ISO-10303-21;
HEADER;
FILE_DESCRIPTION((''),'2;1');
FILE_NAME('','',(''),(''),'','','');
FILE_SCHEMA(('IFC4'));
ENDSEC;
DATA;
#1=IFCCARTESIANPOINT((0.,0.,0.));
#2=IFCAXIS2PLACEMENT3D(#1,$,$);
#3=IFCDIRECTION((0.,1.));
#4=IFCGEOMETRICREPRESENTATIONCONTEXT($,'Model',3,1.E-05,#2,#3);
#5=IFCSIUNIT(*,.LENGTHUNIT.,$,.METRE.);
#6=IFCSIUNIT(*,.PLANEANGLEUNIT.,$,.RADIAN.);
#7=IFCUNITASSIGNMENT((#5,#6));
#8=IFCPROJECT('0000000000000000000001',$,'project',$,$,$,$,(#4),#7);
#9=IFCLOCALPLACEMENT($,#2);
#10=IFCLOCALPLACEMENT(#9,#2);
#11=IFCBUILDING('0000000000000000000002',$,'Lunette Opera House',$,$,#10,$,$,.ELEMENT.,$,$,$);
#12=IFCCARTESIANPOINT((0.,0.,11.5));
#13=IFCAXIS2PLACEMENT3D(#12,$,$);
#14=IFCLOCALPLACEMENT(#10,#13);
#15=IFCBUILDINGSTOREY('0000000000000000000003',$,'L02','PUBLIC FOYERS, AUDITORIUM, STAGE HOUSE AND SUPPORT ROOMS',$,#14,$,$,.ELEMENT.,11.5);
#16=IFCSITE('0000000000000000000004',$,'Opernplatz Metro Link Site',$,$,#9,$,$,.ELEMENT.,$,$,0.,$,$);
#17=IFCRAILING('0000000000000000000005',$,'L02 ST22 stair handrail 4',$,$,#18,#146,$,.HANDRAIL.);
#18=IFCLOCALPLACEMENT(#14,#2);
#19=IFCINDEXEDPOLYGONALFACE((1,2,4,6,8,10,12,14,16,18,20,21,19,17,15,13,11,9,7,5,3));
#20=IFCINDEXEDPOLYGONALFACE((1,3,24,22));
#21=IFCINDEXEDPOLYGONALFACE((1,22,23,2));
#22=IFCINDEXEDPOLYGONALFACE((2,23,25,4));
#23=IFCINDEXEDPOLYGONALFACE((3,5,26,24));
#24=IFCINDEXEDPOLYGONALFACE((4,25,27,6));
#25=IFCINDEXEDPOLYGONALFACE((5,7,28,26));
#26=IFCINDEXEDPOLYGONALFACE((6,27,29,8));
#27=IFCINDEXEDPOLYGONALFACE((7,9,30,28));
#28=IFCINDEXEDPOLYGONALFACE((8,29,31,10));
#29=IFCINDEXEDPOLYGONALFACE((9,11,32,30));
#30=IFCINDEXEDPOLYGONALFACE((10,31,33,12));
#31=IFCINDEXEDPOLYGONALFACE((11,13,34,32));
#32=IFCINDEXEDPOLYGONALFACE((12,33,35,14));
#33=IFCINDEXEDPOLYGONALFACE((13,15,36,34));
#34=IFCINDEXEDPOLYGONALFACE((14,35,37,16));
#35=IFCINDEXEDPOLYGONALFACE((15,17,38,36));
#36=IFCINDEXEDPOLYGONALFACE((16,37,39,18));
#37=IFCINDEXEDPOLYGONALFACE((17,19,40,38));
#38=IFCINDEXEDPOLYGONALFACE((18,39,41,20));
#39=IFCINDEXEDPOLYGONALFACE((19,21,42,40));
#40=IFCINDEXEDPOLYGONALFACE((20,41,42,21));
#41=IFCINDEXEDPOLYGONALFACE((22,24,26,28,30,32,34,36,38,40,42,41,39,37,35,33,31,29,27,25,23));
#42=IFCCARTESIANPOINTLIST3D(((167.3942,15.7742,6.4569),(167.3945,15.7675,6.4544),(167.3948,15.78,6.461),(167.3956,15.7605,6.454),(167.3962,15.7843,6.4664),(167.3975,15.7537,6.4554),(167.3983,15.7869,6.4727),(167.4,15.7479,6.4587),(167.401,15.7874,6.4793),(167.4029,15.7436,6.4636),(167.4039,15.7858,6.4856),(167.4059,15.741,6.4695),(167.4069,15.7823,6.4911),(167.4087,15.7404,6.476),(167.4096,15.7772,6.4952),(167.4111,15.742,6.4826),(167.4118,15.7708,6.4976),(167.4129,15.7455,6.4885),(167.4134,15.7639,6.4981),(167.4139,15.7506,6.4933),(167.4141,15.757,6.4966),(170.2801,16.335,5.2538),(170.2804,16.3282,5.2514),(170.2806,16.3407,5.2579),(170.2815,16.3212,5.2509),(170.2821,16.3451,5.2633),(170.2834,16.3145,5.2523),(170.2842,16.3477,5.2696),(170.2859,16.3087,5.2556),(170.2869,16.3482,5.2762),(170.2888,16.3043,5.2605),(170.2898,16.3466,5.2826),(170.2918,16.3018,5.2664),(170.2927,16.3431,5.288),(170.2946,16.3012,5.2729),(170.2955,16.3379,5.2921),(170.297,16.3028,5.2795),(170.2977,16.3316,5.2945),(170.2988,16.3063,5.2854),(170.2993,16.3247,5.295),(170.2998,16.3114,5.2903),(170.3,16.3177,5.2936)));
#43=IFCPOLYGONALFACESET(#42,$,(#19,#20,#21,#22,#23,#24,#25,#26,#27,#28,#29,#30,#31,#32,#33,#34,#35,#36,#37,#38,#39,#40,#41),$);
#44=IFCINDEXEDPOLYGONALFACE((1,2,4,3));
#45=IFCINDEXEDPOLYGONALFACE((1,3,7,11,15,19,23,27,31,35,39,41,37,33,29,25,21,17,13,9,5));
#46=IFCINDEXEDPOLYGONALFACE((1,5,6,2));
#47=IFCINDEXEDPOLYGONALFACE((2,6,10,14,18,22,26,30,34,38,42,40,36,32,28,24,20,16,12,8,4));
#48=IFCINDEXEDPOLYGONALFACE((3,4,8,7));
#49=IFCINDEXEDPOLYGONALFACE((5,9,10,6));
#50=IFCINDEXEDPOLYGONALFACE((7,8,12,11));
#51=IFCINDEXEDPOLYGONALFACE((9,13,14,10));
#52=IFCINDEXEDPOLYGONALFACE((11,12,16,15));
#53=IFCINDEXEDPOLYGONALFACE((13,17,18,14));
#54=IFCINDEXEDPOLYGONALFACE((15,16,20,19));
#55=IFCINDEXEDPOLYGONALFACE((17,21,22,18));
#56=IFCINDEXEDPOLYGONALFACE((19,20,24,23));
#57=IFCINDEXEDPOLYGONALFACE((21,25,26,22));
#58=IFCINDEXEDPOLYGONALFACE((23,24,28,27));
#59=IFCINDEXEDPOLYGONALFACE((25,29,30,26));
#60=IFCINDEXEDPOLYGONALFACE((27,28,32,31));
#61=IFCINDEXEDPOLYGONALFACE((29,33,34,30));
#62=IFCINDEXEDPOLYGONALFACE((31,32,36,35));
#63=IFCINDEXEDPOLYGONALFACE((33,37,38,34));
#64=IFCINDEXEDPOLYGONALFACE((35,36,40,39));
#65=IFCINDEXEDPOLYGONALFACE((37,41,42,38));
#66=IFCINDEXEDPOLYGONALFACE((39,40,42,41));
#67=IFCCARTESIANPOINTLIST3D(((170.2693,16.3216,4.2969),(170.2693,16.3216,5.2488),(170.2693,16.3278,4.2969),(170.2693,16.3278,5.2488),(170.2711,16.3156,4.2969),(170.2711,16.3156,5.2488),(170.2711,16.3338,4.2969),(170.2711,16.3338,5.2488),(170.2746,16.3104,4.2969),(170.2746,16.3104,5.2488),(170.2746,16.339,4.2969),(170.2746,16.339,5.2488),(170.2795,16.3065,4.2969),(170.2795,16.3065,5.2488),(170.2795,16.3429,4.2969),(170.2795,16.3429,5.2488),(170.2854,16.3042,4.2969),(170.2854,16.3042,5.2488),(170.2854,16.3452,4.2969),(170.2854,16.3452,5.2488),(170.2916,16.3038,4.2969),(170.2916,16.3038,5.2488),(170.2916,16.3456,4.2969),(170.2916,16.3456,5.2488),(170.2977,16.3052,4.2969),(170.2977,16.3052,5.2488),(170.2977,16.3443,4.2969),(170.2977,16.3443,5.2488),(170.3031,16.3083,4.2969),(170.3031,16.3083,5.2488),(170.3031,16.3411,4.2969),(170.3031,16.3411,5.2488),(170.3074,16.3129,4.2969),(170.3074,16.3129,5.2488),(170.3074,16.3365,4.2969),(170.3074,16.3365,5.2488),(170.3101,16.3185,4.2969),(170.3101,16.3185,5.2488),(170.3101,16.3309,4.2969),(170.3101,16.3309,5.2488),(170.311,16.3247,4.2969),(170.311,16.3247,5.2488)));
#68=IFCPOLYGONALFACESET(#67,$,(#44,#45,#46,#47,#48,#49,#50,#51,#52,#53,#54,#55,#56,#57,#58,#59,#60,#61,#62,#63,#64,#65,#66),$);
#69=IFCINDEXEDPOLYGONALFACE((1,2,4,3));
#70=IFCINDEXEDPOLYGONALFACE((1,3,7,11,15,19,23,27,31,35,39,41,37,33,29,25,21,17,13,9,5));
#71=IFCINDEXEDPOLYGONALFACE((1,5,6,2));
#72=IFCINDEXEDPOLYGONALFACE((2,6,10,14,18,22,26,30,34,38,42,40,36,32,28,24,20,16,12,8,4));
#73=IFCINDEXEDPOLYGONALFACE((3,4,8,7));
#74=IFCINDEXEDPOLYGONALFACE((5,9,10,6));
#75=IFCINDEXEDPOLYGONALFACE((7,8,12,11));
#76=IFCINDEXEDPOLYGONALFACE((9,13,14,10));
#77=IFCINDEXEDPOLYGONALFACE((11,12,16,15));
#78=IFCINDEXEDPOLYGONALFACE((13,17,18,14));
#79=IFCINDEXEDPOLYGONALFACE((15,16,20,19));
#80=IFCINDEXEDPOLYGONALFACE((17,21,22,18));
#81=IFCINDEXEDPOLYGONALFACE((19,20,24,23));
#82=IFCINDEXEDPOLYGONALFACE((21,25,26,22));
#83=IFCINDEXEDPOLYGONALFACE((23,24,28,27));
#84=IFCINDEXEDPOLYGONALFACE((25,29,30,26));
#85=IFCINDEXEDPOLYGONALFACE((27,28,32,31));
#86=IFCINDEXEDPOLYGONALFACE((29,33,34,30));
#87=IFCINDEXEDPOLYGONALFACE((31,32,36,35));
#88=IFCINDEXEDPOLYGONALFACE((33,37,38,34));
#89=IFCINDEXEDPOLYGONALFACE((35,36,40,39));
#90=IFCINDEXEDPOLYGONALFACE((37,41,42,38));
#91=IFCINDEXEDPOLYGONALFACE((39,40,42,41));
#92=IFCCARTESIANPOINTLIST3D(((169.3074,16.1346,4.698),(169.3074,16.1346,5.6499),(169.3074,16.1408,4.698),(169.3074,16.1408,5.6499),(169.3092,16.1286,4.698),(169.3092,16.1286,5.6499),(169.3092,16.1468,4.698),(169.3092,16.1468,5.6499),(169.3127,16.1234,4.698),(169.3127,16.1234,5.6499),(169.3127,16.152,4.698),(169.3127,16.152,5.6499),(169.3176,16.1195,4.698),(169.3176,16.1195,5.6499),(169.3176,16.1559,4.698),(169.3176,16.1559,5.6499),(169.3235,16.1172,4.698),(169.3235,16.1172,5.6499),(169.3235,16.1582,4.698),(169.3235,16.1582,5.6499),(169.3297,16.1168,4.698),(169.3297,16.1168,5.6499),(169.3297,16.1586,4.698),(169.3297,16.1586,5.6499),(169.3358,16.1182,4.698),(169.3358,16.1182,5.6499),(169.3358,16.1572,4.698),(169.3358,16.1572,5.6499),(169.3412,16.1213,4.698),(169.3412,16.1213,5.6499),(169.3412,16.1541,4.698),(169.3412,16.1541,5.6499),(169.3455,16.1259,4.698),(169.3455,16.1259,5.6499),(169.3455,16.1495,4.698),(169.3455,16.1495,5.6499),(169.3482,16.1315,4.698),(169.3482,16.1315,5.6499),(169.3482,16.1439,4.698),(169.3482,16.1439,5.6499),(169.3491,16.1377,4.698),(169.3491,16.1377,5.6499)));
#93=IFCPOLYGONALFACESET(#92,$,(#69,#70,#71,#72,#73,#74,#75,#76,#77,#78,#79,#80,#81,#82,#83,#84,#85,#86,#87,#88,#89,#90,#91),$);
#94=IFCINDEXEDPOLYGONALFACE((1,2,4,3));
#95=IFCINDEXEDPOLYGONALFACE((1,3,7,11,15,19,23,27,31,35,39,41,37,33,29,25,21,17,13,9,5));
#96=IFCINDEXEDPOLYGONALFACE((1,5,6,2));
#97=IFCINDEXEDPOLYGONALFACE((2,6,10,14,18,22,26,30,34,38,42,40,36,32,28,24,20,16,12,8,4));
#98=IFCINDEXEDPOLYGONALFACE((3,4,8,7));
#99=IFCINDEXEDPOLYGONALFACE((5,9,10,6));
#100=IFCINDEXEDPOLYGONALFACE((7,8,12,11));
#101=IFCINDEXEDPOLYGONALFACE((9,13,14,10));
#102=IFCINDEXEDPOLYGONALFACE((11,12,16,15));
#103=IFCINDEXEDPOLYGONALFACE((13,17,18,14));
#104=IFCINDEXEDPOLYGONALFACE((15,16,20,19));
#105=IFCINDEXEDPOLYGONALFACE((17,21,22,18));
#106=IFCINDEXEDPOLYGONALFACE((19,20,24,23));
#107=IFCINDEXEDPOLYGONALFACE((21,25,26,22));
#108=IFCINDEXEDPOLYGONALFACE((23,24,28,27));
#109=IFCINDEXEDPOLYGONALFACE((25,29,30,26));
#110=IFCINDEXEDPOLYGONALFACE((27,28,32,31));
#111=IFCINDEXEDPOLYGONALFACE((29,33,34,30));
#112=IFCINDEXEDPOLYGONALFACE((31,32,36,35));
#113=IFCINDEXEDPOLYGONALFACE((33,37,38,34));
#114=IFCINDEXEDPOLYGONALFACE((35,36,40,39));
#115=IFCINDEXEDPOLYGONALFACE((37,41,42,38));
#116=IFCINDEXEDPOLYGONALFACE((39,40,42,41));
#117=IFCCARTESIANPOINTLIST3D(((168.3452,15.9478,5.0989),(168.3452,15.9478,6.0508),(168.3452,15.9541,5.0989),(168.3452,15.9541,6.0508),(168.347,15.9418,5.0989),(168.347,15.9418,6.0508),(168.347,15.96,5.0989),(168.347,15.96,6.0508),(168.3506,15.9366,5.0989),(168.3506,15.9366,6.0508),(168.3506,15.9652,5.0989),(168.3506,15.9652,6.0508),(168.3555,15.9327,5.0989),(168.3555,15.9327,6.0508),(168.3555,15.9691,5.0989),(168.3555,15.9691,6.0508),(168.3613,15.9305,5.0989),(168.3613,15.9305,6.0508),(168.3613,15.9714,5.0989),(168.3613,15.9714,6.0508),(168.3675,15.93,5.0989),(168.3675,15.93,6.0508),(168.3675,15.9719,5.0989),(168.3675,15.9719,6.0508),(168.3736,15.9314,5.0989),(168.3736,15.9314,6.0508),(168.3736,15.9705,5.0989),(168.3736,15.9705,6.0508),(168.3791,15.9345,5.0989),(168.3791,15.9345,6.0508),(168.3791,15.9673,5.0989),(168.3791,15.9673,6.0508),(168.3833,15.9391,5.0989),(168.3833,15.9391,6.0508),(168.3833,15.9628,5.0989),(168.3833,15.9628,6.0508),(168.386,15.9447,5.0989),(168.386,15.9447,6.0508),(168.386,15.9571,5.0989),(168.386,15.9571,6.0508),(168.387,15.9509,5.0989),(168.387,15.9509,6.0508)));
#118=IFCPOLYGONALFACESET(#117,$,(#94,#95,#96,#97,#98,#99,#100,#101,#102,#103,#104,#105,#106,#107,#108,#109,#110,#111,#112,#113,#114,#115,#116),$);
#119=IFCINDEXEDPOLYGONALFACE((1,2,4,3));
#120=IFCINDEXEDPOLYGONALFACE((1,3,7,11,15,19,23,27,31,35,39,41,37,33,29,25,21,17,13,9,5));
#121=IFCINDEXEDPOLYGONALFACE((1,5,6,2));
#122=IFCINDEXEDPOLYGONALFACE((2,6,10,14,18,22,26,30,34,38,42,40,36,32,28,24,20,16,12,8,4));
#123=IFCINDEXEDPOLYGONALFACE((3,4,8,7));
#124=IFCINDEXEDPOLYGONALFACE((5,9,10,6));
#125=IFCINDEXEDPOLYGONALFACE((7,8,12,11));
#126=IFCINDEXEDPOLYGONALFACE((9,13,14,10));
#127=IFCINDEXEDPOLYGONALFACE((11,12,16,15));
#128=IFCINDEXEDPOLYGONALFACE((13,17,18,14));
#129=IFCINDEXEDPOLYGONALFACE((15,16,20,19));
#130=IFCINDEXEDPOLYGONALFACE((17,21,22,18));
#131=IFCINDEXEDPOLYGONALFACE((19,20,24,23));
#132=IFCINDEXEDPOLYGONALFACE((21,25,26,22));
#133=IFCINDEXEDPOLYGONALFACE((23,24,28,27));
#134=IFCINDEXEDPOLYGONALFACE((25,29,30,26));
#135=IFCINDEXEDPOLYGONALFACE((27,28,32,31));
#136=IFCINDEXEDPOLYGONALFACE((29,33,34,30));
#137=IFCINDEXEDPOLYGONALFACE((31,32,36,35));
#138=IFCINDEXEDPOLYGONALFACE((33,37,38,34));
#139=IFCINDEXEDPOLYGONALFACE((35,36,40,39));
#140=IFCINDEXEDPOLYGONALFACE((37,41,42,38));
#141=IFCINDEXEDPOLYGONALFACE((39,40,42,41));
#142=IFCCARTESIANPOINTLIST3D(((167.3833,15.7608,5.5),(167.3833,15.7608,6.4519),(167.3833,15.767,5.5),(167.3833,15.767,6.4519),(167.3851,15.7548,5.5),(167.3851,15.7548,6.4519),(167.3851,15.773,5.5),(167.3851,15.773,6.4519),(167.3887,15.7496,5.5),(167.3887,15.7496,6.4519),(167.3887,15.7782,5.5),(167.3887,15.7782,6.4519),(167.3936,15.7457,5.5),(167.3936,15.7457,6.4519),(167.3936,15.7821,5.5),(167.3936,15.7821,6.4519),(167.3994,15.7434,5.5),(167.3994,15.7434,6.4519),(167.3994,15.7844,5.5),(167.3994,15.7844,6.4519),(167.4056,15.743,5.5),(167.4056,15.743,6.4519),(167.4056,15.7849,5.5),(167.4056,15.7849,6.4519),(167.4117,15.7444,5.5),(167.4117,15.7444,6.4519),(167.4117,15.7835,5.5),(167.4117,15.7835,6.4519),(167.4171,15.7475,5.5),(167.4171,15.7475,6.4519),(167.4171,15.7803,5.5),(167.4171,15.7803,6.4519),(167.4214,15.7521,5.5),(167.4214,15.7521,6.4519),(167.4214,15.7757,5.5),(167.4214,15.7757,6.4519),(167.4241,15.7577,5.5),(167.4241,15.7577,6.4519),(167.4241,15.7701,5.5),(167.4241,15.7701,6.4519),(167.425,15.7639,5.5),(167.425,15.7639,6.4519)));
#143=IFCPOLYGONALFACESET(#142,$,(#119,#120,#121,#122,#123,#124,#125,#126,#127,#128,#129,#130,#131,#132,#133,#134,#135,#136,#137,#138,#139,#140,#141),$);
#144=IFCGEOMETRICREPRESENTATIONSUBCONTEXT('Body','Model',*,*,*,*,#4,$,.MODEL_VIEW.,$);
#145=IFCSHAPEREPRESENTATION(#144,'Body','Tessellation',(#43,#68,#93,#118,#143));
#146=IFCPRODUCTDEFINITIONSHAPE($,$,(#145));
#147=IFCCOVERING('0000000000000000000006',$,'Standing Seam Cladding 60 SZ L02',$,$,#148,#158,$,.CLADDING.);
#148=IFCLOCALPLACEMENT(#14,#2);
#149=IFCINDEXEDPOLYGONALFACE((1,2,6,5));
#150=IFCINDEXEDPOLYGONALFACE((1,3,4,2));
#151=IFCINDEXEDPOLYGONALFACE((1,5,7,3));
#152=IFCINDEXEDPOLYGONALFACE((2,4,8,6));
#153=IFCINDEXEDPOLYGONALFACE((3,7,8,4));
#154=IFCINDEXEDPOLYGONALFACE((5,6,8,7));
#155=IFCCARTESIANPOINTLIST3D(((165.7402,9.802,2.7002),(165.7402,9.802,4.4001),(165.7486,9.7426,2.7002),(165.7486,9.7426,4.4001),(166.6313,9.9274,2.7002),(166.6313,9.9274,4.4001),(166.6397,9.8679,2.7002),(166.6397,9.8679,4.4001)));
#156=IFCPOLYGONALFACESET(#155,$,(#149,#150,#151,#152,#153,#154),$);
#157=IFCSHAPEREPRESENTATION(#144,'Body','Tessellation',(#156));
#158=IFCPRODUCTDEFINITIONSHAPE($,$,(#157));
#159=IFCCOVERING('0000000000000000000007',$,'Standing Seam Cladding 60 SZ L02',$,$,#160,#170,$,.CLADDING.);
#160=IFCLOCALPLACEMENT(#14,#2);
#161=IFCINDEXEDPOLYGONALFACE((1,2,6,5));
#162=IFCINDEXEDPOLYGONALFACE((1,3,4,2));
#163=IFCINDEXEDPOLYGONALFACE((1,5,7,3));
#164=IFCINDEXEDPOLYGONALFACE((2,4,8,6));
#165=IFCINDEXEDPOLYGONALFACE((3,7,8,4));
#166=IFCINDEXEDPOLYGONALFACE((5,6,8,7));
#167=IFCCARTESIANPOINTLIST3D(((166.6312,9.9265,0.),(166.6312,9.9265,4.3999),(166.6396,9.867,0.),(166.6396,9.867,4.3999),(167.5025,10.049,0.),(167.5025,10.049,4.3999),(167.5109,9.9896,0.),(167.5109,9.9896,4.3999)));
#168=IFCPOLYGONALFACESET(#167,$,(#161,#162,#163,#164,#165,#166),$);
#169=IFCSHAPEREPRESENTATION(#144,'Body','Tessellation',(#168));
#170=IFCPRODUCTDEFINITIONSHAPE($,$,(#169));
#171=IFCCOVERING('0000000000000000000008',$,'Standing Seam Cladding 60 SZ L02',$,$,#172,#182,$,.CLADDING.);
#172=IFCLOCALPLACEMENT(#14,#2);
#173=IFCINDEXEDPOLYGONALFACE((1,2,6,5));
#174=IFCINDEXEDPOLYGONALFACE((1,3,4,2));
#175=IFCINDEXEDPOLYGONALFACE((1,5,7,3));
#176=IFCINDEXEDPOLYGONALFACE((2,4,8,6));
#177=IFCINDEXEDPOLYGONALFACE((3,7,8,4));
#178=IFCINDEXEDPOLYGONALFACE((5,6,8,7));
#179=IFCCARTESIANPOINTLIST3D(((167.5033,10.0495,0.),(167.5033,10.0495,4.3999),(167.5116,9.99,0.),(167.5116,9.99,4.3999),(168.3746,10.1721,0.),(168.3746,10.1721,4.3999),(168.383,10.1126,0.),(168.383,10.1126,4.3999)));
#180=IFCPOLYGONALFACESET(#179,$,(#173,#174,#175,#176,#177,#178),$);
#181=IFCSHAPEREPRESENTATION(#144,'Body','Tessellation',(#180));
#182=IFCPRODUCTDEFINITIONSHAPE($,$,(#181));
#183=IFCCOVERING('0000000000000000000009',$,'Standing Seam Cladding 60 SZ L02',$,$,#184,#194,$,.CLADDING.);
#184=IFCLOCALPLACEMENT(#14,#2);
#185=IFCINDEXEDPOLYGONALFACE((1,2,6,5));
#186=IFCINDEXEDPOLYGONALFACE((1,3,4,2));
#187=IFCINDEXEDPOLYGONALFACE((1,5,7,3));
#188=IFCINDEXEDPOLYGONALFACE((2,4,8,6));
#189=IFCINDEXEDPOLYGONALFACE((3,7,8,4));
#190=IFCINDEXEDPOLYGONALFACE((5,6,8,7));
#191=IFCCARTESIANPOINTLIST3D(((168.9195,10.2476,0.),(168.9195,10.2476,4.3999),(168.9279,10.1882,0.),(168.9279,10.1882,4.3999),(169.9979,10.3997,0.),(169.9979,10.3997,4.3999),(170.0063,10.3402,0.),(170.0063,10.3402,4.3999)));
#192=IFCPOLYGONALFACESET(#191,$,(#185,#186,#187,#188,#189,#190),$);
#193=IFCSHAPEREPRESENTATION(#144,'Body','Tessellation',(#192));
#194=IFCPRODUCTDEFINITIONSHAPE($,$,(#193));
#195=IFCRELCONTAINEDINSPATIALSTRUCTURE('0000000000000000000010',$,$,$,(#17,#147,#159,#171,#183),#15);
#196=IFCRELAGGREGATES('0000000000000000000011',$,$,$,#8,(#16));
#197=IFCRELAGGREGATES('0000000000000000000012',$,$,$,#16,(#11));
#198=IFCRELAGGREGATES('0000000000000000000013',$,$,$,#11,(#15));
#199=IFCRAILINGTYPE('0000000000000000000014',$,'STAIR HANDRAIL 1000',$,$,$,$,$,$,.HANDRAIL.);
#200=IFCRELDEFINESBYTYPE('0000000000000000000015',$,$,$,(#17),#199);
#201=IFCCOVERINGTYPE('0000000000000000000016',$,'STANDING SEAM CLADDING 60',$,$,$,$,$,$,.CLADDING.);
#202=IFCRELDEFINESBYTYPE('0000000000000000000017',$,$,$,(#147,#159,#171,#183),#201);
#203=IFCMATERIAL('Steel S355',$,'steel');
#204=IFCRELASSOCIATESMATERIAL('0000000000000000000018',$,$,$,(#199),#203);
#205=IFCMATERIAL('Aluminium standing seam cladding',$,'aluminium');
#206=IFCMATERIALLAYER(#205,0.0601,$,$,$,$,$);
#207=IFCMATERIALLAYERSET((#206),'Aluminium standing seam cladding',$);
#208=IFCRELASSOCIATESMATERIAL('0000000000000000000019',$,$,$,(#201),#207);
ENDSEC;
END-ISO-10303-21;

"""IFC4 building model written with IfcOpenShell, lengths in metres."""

from ifc_helpers import new_model, si_unit, direction, frame, origin, origin_2d, place, context, subcontext, project, spatial, rectangle, circle, extrude, material, layer, layer_set, type_object, element, save


model = new_model("IFC4")

# Units and contexts
model_context = context("Model", 3, precision=1e-05, world=origin(), true_north=direction((0.0, 1.0)))
body_context = subcontext(model_context, "Body", "Model", "MODEL_VIEW")
ifc_project = project(units=[si_unit("LENGTHUNIT", "METRE"), si_unit("PLANEANGLEUNIT", "RADIAN")], contexts=[model_context])

# Site, building, storey
site_placement = place(None, origin())
site = spatial("IfcSite", under=ifc_project, at=site_placement, Name="Opernplatz Metro Link Site", CompositionType="ELEMENT", RefElevation=0.0)
building_placement = place(site_placement, origin())
building = spatial("IfcBuilding", under=site, at=building_placement, Name="Lunette Opera House", CompositionType="ELEMENT")
storey_placement = place(building_placement, frame((0.0, 0.0, 11.5)))
storey = spatial("IfcBuildingStorey", under=building, at=storey_placement, Name="L02", Description="PUBLIC FOYERS, AUDITORIUM, STAGE HOUSE AND SUPPORT ROOMS", CompositionType="ELEMENT", Elevation=11.5)

# Railing
ifc_material_1 = material(Name="Steel S355", Category="steel")
railing_type_1 = type_object("IfcRailingType", Name="STAIR HANDRAIL 1000", PredefinedType="HANDRAIL", material=ifc_material_1)
railing_1_placement = place(storey_placement, frame((170.29, 16.3247, 4.2969)))
element("IfcRailing", 1, at=railing_1_placement, inside=storey, type_object=railing_type_1, Name="L02 ST22 stair handrail 4", PredefinedType="HANDRAIL", context=body_context, shape_type="SweptSolid", body=[
    extrude(circle(Radius=0.0239, at=origin_2d()), frame((0.0, 0.0, 0.9761), z_axis=(-0.908509, -0.176537, 0.378744), x_axis=(0.190747, -0.981639, 0.0)), (0.0, 0.0, 1.0), 3.1765),
    extrude(circle(Radius=0.021, at=origin_2d()), origin(), (0.0, 0.0, 1.0), 0.9519),
    extrude(circle(Radius=0.021, at=origin_2d()), frame((-0.9619, -0.187, 0.4011)), (0.0, 0.0, 1.0), 0.9519),
    extrude(circle(Radius=0.021, at=origin_2d()), frame((-1.9241, -0.3738, 0.802)), (0.0, 0.0, 1.0), 0.9519),
    extrude(circle(Radius=0.021, at=origin_2d()), frame((-2.886, -0.5608, 1.2031)), (0.0, 0.0, 1.0), 0.9519),
])

# Coverings
ifc_material_2 = material(Name="Aluminium standing seam cladding", Category="aluminium")
ifc_layer_1 = layer(ifc_material_2, 0.0601)
ifc_layer_set_1 = layer_set([ifc_layer_1], Name="Aluminium standing seam cladding")
covering_type = type_object("IfcCoveringType", Name="STANDING SEAM CLADDING 60", PredefinedType="CLADDING", material=ifc_layer_set_1)
covering_1_placement = place(storey_placement, frame((166.1899, 9.835, 2.7002), z_axis=(0.0, 0.0, 1.0), x_axis=(0.990252, 0.139289, 0.0)))
element("IfcCovering", 2, at=covering_1_placement, inside=storey, type_object=covering_type, Name="Standing Seam Cladding 60 SZ L02", PredefinedType="CLADDING", context=body_context, shape_type="SweptSolid", body=[
    extrude(rectangle(XDim=0.8999, YDim=0.0601, at=origin_2d()), origin(), (0.0, 0.0, 1.0), 1.7),
])
for number, where, z_axis, x_axis, name in (
    (3, (167.071, 9.958, 0.0), (0.0, 0.0, 1.0), (0.990252, 0.139289, 0.0), "Standing Seam Cladding 60 SZ L02"),
    (4, (167.9431, 10.0811, 0.0), (0.0, 0.0, 1.0), (0.990252, 0.139289, 0.0), "Standing Seam Cladding 60 SZ L02"),
):
    element("IfcCovering", number, at=place(storey_placement, frame(where, z_axis=z_axis, x_axis=x_axis)), inside=storey, type_object=covering_type, Name=name, PredefinedType="CLADDING", context=body_context, shape_type="SweptSolid", body=[
        extrude(rectangle(XDim=0.8799, YDim=0.0601, at=origin_2d()), origin(), (0.0, 0.0, 1.0), 4.3999),
    ])
covering_2_placement = place(storey_placement, frame((169.4629, 10.2939, 0.0), z_axis=(0.0, 0.0, 1.0), x_axis=(0.990205, 0.139621, 0.0)))
element("IfcCovering", 5, at=covering_2_placement, inside=storey, type_object=covering_type, Name="Standing Seam Cladding 60 SZ L02", PredefinedType="CLADDING", context=body_context, shape_type="SweptSolid", body=[
    extrude(rectangle(XDim=1.0891, YDim=0.0601, at=origin_2d()), origin(), (0.0, 0.0, 1.0), 4.3999),
])

save(model, "model.ifc")
